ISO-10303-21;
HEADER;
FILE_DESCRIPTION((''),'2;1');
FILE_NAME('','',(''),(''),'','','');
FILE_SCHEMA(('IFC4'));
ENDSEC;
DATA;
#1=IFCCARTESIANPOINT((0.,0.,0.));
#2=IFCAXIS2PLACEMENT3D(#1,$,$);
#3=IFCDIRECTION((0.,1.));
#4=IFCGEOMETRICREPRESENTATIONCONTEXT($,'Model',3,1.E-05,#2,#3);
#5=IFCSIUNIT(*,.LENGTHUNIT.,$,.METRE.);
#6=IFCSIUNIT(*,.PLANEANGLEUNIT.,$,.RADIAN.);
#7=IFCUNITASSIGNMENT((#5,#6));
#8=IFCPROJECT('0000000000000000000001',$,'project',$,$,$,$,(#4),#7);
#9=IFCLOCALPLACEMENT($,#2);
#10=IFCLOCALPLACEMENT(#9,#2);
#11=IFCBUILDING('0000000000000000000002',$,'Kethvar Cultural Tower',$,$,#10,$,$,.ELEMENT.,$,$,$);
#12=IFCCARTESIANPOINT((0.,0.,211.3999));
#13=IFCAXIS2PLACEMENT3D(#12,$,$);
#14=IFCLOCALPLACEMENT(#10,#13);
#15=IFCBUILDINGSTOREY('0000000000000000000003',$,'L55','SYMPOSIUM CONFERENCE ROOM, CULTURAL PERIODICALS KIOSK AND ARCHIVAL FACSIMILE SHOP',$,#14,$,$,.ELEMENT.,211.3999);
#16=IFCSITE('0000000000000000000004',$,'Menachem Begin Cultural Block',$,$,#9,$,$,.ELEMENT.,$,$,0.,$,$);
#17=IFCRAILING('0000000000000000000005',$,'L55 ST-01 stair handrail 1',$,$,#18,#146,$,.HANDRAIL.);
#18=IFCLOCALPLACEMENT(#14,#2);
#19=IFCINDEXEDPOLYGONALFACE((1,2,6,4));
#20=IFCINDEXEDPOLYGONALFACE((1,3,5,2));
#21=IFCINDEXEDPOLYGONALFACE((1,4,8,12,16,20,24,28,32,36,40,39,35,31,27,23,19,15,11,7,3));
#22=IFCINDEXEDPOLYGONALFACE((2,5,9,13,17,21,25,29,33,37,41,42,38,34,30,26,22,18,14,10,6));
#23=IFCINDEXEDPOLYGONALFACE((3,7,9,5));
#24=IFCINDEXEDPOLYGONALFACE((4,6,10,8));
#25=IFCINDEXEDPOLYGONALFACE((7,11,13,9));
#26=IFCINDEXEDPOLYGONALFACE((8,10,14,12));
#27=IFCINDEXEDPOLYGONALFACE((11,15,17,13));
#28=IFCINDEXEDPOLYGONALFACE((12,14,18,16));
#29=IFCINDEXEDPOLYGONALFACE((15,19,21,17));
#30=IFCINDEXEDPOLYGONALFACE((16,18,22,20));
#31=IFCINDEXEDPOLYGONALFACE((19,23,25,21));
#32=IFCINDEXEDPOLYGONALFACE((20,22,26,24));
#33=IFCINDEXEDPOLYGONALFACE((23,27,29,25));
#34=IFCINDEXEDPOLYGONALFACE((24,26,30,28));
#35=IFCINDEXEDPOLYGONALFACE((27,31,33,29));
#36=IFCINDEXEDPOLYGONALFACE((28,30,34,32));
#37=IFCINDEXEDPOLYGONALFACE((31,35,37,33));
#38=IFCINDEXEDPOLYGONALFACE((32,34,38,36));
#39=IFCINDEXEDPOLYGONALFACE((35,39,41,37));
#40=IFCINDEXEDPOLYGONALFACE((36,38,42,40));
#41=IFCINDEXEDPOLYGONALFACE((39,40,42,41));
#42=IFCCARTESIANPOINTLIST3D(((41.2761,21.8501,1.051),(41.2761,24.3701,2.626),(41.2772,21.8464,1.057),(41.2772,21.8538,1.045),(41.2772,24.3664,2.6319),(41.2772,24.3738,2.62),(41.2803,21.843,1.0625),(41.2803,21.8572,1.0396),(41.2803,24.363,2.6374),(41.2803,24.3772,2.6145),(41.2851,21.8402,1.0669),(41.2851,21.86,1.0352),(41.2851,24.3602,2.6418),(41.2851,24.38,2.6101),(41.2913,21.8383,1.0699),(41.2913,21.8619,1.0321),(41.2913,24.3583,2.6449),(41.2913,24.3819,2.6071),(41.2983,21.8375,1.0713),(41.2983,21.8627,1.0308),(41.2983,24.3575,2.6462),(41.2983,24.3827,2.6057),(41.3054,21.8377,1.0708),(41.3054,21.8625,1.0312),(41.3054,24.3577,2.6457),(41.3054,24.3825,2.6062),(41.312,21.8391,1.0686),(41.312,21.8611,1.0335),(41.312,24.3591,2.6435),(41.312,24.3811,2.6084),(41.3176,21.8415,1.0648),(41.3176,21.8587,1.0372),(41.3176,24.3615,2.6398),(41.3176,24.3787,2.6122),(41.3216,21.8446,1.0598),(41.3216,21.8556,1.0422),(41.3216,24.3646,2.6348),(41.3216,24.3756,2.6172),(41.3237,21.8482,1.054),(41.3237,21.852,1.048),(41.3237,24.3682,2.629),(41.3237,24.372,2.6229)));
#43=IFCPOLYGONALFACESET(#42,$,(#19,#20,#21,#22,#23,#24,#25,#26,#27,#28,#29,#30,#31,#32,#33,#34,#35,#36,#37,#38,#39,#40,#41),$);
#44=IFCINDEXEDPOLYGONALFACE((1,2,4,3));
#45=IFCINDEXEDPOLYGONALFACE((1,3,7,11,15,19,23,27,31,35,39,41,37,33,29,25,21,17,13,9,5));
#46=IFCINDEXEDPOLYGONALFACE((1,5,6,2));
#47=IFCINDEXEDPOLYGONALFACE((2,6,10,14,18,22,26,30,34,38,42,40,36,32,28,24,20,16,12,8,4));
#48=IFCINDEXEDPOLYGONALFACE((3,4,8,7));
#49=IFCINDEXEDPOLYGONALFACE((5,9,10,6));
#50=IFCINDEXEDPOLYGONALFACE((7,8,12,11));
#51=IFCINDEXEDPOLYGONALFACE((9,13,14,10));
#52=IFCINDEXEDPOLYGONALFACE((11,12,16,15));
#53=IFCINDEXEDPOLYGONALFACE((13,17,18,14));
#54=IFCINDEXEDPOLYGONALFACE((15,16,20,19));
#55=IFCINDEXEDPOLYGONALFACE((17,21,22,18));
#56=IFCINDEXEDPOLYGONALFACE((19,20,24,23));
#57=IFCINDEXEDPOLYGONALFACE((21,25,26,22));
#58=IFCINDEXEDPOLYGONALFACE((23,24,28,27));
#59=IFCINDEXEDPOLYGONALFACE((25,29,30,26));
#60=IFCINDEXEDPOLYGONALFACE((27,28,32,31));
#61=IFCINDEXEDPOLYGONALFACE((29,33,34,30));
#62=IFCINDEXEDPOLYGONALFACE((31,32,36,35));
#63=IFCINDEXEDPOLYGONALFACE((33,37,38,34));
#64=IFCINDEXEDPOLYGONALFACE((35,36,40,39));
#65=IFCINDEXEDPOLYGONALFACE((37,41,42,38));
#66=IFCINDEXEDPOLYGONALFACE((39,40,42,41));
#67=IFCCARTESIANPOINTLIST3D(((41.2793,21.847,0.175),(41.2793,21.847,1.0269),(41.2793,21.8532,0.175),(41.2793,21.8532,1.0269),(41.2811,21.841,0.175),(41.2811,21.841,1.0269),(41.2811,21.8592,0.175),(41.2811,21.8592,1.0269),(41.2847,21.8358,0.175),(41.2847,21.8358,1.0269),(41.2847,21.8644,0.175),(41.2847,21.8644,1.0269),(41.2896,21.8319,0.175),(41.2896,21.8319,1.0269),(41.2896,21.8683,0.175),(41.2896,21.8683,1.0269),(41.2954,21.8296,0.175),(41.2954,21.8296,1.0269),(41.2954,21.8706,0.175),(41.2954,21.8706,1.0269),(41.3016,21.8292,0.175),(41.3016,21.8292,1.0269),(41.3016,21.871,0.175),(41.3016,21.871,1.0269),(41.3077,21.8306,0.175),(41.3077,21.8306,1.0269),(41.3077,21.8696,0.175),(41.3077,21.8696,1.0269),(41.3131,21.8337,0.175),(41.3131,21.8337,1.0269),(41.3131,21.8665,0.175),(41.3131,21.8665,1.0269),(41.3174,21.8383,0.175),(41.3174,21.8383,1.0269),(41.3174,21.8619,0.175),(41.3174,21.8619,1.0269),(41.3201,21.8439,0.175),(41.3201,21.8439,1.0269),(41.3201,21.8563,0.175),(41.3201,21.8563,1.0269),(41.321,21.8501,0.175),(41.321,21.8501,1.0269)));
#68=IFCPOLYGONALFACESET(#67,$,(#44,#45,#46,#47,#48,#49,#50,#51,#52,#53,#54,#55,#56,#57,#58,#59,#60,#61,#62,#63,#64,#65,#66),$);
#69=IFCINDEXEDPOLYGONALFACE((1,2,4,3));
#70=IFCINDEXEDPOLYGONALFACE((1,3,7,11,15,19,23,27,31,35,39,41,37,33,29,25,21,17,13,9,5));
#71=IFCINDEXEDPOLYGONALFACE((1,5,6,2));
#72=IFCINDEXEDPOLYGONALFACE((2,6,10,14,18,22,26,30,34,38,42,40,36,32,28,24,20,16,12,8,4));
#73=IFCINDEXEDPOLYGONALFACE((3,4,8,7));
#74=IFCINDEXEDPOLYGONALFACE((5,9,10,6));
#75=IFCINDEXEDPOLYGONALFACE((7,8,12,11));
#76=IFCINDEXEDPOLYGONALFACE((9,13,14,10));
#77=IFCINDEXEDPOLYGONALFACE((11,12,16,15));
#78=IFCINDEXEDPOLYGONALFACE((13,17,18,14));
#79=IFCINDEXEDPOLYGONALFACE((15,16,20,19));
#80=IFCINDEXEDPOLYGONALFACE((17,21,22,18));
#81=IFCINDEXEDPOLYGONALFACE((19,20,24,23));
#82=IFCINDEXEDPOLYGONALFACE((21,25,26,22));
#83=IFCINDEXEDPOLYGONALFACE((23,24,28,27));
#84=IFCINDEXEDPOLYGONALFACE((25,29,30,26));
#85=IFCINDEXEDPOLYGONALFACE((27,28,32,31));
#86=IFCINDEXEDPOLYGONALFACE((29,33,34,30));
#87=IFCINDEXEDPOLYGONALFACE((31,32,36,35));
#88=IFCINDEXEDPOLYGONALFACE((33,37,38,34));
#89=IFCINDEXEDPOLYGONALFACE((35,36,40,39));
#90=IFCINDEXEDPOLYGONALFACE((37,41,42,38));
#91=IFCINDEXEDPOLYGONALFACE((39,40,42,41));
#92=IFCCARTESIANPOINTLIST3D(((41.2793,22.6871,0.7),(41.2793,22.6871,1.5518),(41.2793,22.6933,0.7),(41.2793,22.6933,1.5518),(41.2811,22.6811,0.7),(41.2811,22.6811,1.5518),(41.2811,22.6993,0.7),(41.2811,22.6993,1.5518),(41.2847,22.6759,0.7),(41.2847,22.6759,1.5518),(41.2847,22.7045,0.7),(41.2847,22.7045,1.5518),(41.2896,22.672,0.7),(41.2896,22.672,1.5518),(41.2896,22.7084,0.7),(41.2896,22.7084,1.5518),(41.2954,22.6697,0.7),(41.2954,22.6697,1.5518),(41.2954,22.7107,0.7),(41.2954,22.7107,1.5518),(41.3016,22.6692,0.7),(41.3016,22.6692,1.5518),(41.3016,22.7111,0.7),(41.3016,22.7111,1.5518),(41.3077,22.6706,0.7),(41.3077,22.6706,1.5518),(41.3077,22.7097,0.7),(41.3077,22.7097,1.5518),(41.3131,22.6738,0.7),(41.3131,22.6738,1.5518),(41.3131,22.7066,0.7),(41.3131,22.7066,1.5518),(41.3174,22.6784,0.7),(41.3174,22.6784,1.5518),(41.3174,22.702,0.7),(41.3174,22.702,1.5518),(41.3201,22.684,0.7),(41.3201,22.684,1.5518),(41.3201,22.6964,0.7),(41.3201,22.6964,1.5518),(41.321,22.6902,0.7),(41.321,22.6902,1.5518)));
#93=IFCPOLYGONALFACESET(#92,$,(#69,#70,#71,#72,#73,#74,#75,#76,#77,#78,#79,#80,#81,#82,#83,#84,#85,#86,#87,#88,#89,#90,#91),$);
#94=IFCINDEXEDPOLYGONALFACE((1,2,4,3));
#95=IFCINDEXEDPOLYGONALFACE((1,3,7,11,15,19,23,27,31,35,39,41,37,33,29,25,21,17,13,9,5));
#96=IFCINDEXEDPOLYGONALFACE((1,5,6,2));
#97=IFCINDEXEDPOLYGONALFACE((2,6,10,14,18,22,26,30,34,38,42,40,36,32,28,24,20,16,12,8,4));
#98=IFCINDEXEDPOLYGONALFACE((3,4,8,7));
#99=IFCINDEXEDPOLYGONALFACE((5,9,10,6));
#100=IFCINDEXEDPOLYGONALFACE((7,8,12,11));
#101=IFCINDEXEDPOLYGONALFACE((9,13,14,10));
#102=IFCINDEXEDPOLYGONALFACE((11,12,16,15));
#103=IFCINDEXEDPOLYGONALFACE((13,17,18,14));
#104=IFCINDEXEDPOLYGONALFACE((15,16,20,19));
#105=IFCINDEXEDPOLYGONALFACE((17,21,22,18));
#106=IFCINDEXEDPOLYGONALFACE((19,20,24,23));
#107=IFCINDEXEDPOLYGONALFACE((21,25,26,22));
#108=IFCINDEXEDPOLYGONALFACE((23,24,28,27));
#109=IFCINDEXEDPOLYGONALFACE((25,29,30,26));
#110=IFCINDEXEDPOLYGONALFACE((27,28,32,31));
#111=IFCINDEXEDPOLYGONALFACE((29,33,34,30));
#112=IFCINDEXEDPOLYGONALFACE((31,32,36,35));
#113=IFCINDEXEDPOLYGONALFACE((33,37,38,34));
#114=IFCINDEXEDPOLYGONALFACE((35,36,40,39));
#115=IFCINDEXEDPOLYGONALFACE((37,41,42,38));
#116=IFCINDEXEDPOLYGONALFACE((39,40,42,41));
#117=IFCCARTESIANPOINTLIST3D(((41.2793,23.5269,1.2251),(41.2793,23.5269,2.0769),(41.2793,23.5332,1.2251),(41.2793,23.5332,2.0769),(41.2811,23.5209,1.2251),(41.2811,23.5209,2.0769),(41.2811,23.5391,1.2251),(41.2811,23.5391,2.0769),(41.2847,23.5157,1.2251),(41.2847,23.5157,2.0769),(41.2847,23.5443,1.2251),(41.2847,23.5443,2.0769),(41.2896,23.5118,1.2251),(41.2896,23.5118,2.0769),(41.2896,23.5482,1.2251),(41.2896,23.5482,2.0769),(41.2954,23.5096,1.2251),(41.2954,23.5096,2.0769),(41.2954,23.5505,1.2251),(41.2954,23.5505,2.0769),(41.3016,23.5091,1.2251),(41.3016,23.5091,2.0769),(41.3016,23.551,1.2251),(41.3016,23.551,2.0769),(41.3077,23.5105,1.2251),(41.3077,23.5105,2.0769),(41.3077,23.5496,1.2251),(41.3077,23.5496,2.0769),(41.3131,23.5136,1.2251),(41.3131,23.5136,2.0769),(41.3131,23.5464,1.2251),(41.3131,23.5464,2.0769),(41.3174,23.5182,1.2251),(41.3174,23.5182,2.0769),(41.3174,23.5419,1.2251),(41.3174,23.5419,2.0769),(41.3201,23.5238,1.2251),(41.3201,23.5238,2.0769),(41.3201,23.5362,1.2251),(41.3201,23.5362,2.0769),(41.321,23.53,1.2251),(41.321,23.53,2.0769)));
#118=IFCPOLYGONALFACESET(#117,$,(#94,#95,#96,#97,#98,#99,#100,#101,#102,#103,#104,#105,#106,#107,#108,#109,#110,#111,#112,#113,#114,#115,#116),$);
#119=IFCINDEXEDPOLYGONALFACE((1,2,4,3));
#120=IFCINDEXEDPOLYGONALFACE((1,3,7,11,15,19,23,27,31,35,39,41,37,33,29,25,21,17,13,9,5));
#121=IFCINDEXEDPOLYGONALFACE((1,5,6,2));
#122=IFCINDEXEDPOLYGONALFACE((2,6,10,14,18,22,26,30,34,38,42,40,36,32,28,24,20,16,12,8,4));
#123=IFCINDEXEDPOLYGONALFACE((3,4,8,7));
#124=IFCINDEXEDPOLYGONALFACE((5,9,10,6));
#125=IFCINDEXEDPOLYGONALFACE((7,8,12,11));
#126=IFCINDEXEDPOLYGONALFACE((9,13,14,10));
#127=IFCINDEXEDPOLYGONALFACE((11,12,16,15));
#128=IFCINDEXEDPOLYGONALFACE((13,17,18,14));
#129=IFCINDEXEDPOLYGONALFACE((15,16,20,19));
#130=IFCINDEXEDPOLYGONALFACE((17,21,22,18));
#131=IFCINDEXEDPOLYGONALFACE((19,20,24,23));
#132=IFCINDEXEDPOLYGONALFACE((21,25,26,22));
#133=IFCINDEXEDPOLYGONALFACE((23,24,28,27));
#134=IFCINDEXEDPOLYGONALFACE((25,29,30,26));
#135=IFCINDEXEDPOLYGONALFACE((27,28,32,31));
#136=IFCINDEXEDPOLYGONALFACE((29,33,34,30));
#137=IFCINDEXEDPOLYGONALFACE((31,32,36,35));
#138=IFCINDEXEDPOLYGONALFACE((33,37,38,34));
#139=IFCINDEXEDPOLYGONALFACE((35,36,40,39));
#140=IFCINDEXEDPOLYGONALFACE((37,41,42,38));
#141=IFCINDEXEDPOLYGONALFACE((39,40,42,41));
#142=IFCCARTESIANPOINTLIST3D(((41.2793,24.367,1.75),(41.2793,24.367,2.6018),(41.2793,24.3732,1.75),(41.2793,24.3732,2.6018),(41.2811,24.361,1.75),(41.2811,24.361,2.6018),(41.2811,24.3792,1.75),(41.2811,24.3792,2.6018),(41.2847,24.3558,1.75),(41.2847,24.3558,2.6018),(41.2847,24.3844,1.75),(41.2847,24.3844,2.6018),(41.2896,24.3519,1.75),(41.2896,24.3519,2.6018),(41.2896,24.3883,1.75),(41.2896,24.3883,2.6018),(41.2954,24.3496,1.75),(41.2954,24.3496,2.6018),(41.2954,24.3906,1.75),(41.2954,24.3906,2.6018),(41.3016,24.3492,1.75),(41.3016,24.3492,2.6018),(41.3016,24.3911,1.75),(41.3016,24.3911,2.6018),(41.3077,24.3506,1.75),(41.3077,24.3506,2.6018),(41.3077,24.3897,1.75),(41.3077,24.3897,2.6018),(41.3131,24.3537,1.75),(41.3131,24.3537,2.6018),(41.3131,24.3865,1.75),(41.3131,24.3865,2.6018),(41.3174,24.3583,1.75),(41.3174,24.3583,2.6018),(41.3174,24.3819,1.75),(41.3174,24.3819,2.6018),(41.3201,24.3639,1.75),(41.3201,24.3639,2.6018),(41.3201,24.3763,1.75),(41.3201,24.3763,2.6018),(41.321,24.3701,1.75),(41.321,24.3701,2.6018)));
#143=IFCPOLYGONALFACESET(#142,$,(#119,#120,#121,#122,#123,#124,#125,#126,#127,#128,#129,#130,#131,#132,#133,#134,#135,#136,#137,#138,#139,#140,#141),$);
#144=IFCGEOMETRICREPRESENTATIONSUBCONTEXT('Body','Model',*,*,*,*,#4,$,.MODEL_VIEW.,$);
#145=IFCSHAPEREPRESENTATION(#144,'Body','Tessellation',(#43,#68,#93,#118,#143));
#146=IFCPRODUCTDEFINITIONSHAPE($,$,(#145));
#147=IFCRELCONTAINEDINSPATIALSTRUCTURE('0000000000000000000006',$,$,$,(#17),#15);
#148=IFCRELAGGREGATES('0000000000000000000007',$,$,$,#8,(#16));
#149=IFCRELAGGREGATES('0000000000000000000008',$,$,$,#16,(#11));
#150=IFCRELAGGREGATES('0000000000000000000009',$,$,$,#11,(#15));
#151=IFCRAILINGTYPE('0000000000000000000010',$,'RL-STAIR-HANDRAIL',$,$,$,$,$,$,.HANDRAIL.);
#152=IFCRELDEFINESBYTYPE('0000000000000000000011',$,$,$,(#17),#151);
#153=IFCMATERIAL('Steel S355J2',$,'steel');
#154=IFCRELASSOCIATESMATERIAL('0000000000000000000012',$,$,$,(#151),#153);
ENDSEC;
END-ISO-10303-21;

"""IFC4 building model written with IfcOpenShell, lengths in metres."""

from ifc_helpers import new_model, si_unit, direction, frame, origin, origin_2d, place, context, subcontext, project, spatial, circle, extrude, material, type_object, element, save


model = new_model("IFC4")

# Units and contexts
model_context = context("Model", 3, precision=1e-05, world=origin(), true_north=direction((0.0, 1.0)))
body_context = subcontext(model_context, "Body", "Model", "MODEL_VIEW")
ifc_project = project(units=[si_unit("LENGTHUNIT", "METRE"), si_unit("PLANEANGLEUNIT", "RADIAN")], contexts=[model_context])

# Site, building, storey
site_placement = place(None, origin())
site = spatial("IfcSite", under=ifc_project, at=site_placement, Name="Menachem Begin Cultural Block", CompositionType="ELEMENT", RefElevation=0.0)
building_placement = place(site_placement, origin())
building = spatial("IfcBuilding", under=site, at=building_placement, Name="Kethvar Cultural Tower", CompositionType="ELEMENT")
storey_placement = place(building_placement, frame((0.0, 0.0, 211.3999)))
storey = spatial("IfcBuildingStorey", under=building, at=storey_placement, Name="L55", Description="SYMPOSIUM CONFERENCE ROOM, CULTURAL PERIODICALS KIOSK AND ARCHIVAL FACSIMILE SHOP", CompositionType="ELEMENT", Elevation=211.3999)

# Shared definitions
ifc_material_1 = material(Name="Steel S355J2", Category="steel")

# Railing
railing_type_1 = type_object("IfcRailingType", Name="RL-STAIR-HANDRAIL", PredefinedType="HANDRAIL", material=ifc_material_1)
railing_1_placement = place(storey_placement, frame((41.3, 21.8501, 0.175)))
element("IfcRailing", 1, at=railing_1_placement, inside=storey, type_object=railing_type_1, Name="L55 ST-01 stair handrail 1", PredefinedType="HANDRAIL", context=body_context, shape_type="SweptSolid", body=[
    extrude(circle(Radius=0.0239, at=origin_2d()), frame((0.0, 0.0, 0.876), z_axis=(0.0, 0.848008, 0.529984), x_axis=(-1.0, 0.0, 0.0)), (0.0, 0.0, 1.0), 2.9717),
    extrude(circle(Radius=0.021, at=origin_2d()), origin(), (0.0, 0.0, 1.0), 0.8518),
    extrude(circle(Radius=0.021, at=origin_2d()), frame((0.0, 0.8401, 0.5249)), (0.0, 0.0, 1.0), 0.8518),
    extrude(circle(Radius=0.021, at=origin_2d()), frame((0.0, 1.6799, 1.05)), (0.0, 0.0, 1.0), 0.8518),
    extrude(circle(Radius=0.021, at=origin_2d()), frame((0.0, 2.52, 1.575)), (0.0, 0.0, 1.0), 0.8518),
])

save(model, "model.ifc")
